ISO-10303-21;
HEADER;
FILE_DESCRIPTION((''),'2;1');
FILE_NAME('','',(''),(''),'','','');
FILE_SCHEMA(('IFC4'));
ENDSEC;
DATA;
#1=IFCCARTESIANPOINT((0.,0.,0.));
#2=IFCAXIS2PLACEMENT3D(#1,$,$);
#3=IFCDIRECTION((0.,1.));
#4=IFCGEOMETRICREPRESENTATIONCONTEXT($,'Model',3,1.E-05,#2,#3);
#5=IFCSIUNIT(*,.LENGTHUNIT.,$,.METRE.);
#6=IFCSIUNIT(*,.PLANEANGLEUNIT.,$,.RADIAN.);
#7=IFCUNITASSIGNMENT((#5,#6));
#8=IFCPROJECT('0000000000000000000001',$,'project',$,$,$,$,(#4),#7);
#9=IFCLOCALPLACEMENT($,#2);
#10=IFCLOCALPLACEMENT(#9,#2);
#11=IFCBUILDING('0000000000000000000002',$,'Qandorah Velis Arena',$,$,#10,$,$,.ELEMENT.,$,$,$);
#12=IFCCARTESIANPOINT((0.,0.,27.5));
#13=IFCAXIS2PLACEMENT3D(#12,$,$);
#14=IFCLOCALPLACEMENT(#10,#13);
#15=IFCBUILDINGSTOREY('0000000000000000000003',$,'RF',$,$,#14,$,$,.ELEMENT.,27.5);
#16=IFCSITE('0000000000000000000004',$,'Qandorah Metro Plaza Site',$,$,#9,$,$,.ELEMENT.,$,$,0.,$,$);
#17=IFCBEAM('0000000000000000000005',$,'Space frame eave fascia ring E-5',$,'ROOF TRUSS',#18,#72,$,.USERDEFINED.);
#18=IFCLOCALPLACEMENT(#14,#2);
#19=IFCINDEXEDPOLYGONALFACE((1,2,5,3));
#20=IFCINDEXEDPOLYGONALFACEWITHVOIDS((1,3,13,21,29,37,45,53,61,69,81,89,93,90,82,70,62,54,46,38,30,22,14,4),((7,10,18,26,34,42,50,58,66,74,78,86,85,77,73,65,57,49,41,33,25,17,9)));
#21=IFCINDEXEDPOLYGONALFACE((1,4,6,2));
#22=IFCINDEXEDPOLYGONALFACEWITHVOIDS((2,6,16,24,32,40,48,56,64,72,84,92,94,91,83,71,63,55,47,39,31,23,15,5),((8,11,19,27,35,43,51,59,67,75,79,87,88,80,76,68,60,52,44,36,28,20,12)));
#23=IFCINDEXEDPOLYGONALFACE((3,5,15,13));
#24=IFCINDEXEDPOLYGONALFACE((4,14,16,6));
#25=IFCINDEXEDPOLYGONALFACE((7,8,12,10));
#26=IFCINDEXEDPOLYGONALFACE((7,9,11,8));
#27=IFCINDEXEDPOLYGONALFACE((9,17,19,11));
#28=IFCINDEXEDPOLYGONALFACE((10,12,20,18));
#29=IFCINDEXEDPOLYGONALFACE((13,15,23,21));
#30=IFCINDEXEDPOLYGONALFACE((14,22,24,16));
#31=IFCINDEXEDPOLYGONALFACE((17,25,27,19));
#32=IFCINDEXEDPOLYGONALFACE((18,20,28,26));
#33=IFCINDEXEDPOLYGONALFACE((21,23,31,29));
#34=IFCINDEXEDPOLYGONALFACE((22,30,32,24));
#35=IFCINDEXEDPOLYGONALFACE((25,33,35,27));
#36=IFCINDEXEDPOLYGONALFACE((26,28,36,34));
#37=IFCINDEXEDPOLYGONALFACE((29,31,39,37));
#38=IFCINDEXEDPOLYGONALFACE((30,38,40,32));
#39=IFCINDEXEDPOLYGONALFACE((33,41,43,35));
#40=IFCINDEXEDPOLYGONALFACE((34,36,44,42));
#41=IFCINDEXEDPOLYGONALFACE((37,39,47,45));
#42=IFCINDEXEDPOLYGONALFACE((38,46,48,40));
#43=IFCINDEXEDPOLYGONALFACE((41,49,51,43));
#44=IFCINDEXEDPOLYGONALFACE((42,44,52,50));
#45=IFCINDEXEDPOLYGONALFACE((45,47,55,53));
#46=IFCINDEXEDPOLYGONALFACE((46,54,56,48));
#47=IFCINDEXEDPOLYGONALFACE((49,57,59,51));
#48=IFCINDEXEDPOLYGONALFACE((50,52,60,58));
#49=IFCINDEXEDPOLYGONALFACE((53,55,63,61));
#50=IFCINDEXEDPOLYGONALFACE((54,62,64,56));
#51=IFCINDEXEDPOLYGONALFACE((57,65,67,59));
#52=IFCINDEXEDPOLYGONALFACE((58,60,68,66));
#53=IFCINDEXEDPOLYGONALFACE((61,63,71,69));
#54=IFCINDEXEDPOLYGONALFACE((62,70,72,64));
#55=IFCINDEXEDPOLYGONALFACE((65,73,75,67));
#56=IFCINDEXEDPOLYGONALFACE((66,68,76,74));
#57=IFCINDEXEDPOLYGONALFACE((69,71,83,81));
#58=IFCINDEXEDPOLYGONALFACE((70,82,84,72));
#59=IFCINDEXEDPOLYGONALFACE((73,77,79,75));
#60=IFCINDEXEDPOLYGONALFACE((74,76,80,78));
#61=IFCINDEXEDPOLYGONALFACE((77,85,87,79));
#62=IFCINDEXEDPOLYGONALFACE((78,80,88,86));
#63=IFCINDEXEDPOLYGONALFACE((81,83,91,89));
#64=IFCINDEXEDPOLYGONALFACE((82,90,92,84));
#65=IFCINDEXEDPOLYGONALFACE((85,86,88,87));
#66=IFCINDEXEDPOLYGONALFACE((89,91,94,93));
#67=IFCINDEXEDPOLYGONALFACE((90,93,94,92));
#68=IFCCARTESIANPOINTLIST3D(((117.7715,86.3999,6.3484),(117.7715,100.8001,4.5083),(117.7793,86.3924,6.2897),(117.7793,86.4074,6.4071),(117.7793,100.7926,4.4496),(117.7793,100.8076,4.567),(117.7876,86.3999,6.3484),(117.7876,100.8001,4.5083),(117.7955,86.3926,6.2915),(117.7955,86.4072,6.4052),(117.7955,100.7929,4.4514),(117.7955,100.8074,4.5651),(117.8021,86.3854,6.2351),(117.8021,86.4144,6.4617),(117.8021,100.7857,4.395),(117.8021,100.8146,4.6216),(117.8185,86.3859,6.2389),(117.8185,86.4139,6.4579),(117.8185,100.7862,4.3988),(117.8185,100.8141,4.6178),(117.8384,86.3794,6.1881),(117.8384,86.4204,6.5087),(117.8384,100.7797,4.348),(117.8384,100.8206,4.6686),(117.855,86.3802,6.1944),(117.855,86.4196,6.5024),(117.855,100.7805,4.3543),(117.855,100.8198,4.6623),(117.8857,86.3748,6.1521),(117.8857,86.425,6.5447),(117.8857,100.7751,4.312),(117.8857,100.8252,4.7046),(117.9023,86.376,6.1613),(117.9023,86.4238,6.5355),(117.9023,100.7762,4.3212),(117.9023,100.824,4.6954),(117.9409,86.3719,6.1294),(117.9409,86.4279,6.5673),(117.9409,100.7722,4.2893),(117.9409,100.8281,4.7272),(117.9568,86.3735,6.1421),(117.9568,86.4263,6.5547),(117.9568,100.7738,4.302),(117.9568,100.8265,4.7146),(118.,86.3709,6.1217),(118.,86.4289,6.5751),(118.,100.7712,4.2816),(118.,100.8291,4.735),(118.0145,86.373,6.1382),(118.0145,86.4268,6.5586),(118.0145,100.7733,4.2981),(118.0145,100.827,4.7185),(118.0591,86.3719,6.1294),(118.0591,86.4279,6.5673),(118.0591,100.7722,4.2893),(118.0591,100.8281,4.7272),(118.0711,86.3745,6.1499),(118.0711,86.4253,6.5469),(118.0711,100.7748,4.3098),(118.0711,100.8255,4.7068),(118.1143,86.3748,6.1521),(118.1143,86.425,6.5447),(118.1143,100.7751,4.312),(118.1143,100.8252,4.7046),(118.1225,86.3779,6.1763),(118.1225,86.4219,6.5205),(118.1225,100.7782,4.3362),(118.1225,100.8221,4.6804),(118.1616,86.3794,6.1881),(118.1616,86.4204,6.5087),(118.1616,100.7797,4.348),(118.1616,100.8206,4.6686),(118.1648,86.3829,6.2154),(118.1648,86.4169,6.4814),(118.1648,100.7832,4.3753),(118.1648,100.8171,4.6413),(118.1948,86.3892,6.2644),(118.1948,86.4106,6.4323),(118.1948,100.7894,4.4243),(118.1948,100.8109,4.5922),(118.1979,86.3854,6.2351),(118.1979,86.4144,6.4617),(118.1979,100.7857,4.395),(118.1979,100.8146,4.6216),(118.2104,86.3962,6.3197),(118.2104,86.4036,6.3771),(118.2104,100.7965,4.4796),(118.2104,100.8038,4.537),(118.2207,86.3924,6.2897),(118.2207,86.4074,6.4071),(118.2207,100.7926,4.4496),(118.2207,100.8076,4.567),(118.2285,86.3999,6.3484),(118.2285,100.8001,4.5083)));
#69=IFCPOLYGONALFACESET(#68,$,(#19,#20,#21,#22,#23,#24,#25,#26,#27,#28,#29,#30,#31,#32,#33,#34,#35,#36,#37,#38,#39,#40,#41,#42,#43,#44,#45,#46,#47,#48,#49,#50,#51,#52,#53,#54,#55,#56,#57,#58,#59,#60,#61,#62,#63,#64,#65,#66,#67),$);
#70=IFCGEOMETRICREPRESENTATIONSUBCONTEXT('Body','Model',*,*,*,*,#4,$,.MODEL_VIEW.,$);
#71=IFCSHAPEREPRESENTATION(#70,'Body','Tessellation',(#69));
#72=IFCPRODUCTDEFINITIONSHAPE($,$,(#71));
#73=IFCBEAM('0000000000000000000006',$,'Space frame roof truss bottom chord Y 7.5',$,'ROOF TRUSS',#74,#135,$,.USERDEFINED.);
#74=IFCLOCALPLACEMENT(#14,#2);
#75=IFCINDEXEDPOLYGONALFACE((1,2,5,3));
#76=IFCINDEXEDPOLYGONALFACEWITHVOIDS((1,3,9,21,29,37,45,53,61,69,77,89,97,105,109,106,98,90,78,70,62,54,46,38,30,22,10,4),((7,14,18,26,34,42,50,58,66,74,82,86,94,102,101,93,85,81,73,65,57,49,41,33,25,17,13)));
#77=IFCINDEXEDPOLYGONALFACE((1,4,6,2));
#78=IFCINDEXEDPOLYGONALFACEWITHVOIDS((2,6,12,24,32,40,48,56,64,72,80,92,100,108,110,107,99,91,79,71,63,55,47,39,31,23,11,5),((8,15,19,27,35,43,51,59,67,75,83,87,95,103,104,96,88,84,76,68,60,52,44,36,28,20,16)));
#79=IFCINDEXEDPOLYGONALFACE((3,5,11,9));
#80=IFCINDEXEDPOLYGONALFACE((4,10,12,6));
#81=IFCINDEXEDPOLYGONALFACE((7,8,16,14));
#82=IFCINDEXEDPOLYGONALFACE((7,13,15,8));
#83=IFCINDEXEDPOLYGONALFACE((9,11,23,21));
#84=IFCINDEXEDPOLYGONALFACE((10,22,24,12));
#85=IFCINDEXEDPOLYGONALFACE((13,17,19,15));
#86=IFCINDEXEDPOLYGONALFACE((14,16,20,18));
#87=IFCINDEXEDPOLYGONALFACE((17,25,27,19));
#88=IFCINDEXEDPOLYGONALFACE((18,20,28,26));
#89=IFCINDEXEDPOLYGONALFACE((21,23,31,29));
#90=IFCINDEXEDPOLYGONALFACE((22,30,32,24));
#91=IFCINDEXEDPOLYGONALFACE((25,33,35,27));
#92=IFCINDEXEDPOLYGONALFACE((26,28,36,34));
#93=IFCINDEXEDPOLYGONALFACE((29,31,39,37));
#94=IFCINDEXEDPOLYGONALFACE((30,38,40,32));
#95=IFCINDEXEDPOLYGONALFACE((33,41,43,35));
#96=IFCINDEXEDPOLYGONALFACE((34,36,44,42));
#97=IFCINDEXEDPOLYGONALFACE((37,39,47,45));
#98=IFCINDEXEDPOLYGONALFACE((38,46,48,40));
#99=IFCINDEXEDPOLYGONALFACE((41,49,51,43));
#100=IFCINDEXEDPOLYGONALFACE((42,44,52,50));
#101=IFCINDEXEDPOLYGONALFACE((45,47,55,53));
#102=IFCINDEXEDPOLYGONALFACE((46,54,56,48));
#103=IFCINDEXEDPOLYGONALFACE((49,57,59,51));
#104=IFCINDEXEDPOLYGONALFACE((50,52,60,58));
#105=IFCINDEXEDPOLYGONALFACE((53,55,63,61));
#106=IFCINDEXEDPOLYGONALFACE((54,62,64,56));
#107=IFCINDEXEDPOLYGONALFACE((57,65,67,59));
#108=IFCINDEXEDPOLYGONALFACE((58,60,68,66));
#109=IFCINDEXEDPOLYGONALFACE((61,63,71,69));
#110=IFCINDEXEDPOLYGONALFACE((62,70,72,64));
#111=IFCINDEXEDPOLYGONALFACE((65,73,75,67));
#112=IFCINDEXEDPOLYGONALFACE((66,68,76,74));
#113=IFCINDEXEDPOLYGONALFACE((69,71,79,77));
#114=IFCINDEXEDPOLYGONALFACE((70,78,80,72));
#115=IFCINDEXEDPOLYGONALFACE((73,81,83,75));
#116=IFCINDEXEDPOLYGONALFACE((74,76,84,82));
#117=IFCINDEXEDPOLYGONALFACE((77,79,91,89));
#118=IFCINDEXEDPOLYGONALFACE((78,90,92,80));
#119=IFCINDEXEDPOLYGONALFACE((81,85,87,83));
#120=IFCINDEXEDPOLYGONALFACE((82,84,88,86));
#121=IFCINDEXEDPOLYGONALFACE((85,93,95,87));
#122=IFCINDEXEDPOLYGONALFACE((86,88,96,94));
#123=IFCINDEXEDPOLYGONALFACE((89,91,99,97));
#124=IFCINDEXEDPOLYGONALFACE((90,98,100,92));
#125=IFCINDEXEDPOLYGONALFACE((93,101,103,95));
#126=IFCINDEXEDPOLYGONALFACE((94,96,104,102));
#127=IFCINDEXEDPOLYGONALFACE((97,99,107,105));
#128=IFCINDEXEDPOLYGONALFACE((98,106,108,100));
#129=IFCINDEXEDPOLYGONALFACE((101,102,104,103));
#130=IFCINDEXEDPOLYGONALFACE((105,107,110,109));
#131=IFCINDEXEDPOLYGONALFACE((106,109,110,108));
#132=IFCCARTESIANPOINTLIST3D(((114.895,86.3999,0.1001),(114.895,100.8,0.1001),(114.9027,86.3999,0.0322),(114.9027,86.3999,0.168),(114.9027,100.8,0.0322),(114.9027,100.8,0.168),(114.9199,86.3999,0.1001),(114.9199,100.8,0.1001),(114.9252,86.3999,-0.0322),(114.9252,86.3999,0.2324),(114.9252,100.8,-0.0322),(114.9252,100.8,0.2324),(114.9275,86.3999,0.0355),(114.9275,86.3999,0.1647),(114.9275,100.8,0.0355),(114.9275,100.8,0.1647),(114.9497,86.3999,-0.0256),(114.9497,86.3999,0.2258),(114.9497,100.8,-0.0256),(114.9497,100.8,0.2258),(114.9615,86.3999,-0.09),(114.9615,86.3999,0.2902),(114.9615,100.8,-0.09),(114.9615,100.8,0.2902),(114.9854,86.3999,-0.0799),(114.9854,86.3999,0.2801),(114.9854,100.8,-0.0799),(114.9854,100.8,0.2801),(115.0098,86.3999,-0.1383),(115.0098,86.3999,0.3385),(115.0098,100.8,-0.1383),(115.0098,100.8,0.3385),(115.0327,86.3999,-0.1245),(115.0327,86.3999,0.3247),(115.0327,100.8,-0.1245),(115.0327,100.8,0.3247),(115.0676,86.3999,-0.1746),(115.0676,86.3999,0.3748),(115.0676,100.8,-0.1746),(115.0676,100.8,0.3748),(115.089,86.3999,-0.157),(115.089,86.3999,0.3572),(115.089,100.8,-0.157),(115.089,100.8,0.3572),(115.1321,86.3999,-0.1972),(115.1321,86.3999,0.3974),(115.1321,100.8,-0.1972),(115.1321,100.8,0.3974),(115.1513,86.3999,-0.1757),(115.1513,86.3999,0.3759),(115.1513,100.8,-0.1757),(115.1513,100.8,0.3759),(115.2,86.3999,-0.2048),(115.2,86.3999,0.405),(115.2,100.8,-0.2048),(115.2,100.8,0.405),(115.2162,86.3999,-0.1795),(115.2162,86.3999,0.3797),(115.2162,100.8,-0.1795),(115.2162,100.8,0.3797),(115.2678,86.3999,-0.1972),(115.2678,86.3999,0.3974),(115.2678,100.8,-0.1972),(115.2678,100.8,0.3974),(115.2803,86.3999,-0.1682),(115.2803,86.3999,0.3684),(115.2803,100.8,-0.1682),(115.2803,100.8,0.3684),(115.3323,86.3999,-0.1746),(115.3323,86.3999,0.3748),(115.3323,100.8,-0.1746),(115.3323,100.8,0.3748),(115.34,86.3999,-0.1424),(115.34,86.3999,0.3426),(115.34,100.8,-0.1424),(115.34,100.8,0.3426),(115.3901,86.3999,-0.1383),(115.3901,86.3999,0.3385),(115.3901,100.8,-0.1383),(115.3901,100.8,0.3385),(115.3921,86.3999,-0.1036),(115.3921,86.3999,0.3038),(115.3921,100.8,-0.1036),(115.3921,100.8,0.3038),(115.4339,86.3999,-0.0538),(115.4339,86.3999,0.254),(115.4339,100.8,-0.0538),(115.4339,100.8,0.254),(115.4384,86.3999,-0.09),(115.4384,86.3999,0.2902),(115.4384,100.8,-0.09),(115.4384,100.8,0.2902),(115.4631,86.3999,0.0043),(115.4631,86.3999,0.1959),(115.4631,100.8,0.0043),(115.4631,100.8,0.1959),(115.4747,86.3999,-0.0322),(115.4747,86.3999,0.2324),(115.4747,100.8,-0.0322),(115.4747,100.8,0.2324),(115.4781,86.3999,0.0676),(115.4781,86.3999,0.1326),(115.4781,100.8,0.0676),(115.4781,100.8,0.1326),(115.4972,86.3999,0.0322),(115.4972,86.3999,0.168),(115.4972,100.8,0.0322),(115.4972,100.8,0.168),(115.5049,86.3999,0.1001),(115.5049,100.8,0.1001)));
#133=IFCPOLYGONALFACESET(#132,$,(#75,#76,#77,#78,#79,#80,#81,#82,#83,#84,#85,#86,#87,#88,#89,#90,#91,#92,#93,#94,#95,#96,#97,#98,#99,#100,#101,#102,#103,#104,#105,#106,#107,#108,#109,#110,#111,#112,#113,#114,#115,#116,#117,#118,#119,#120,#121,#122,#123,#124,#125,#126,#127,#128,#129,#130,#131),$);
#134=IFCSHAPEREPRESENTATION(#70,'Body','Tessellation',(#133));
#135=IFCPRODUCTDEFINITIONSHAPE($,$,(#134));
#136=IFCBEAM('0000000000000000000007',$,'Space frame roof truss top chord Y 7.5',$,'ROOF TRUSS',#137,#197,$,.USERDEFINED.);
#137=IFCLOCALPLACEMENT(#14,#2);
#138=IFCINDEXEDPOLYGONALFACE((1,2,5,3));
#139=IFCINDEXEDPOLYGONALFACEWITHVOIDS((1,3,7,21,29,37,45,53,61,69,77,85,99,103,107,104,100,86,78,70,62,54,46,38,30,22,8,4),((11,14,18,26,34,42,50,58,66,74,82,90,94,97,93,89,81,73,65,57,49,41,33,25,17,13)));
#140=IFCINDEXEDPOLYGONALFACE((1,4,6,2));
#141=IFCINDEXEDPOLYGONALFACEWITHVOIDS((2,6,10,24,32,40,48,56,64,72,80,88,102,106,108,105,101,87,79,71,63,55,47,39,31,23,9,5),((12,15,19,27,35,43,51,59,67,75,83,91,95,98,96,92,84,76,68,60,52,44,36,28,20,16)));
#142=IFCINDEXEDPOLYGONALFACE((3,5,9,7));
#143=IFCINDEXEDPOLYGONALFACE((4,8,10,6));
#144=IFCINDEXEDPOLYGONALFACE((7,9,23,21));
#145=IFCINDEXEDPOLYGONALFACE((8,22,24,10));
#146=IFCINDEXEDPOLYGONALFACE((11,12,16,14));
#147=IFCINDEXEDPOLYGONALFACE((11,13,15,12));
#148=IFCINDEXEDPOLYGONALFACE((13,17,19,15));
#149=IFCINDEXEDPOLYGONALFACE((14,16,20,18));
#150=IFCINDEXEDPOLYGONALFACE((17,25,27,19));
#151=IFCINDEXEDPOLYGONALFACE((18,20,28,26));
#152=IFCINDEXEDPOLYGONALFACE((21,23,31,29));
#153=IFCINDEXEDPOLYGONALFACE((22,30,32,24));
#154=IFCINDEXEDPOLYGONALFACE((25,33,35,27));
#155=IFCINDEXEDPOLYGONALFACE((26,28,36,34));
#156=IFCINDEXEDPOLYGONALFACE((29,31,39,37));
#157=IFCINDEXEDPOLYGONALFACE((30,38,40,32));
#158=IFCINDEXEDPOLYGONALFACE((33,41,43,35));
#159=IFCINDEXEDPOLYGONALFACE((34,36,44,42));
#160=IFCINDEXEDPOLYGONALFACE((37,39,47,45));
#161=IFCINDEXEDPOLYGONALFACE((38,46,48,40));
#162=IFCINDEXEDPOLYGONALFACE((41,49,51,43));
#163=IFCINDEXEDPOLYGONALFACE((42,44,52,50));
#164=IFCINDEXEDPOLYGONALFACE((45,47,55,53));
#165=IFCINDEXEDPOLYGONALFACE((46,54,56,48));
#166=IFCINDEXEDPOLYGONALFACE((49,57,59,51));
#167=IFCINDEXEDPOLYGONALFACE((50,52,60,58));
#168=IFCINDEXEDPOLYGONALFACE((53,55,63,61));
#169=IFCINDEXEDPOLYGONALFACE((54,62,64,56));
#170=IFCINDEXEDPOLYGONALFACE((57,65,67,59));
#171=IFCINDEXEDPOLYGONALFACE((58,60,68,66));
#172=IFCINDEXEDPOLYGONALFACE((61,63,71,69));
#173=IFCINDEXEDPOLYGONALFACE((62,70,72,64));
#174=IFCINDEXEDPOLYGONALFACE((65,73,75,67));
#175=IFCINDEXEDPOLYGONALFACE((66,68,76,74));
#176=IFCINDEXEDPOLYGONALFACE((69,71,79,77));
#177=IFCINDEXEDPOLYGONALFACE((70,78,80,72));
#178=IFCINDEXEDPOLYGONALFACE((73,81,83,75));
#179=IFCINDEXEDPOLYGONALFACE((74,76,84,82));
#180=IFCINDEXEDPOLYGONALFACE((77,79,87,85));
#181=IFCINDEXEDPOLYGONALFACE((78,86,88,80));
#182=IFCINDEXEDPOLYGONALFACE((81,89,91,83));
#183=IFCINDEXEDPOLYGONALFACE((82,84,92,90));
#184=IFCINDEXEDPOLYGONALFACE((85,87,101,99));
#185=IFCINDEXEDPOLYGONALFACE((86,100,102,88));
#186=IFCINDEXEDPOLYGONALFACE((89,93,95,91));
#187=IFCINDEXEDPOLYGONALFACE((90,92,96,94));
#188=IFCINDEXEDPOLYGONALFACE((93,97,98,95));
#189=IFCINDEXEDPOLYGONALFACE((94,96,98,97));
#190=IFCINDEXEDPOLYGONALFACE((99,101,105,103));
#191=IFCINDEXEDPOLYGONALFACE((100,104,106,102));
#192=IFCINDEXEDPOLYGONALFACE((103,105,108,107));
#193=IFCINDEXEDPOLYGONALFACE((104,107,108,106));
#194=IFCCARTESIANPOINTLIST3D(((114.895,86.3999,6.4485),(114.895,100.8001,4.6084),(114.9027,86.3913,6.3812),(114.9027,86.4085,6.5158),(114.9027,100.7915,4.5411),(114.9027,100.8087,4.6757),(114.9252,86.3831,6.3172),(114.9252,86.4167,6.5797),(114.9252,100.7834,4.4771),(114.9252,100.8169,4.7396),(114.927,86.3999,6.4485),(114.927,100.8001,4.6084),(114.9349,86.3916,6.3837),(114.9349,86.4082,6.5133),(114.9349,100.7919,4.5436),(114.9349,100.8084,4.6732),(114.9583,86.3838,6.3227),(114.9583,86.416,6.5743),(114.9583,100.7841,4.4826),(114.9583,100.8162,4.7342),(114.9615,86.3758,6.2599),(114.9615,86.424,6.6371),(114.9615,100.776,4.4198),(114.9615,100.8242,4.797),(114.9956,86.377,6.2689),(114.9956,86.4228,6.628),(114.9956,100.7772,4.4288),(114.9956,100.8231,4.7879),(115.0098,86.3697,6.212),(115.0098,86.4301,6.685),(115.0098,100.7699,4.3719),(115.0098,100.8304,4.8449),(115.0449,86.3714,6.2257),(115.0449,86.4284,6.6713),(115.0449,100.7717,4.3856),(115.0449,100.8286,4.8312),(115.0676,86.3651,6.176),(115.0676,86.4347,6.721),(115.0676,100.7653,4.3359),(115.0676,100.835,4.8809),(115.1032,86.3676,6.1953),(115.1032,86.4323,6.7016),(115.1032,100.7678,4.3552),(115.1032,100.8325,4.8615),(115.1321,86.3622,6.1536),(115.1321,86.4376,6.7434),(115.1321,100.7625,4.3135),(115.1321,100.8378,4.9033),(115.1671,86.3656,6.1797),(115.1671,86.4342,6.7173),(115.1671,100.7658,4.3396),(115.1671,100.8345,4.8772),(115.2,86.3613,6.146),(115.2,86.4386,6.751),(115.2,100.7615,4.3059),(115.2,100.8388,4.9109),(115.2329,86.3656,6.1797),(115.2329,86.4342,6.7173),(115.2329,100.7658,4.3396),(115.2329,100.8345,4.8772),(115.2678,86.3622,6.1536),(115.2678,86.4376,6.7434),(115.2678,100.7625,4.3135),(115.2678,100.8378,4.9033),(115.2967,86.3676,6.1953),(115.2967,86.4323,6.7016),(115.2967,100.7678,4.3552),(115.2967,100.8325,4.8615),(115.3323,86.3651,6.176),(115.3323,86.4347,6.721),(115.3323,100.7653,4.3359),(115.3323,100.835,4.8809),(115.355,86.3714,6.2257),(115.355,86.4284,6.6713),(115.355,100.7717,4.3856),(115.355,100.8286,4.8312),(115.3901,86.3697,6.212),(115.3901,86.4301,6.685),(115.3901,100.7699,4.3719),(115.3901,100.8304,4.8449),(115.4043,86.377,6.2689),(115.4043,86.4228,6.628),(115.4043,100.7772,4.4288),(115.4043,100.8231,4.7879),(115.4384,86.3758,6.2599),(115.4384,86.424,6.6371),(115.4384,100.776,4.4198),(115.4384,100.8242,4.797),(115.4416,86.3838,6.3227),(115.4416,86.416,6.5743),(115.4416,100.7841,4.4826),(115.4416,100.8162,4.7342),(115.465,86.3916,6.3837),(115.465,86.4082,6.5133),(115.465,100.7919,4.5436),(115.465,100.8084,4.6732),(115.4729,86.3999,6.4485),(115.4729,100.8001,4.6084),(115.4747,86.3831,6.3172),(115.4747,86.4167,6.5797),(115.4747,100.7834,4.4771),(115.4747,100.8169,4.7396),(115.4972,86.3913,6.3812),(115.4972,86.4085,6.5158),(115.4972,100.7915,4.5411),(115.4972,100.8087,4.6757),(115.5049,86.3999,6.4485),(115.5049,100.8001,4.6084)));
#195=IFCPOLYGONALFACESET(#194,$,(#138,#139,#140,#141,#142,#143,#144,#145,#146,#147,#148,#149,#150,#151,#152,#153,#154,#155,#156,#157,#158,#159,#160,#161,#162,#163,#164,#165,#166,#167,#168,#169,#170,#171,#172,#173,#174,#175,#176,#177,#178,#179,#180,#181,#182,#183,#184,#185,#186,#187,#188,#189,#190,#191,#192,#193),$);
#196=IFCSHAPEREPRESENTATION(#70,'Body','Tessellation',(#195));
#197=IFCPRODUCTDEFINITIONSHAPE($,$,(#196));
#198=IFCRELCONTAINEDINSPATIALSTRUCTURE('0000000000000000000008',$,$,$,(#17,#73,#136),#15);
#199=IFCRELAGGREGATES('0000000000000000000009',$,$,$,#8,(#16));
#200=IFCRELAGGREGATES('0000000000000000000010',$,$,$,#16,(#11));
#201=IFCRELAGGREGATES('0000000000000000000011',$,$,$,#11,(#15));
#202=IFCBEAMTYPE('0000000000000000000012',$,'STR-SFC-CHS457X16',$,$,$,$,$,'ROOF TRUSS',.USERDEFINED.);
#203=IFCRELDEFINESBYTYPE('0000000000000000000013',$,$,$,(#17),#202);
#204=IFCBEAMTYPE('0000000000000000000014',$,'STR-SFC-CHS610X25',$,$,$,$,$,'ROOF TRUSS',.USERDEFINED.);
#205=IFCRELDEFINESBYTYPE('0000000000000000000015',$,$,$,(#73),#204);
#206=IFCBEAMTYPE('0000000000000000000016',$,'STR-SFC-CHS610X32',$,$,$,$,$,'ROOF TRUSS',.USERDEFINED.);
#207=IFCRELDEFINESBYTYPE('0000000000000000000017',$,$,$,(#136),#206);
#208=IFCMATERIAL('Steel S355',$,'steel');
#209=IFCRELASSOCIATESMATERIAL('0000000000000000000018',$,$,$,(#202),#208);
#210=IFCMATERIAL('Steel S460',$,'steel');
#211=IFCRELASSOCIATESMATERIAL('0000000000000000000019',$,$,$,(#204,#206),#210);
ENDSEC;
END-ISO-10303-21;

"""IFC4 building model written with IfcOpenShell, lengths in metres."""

from ifc_helpers import new_model, si_unit, direction, frame, origin, origin_2d, place, context, subcontext, project, spatial, hollow_circle, extrude, material, material_profile, profile_set, type_object, element, save


model = new_model("IFC4")

# Units and contexts
model_context = context("Model", 3, precision=1e-05, world=origin(), true_north=direction((0.0, 1.0)))
body_context = subcontext(model_context, "Body", "Model", "MODEL_VIEW")
ifc_project = project(units=[si_unit("LENGTHUNIT", "METRE"), si_unit("PLANEANGLEUNIT", "RADIAN")], contexts=[model_context])

# Site, building, storey
site_placement = place(None, origin())
site = spatial("IfcSite", under=ifc_project, at=site_placement, Name="Qandorah Metro Plaza Site", CompositionType="ELEMENT", RefElevation=0.0)
building_placement = place(site_placement, origin())
building = spatial("IfcBuilding", under=site, at=building_placement, Name="Qandorah Velis Arena", CompositionType="ELEMENT")
storey_placement = place(building_placement, frame((0.0, 0.0, 27.5)))
storey = spatial("IfcBuildingStorey", under=building, at=storey_placement, Name="RF", CompositionType="ELEMENT", Elevation=27.5)

# Beams
ifc_material_1 = material(Name="Steel S355", Category="steel")
ifc_material_profile_1 = material_profile(ifc_material_1, hollow_circle(Radius=0.2285, WallThickness=0.0161, at=origin_2d()), Name="CHS 457x16")
ifc_profile_set_1 = profile_set([ifc_material_profile_1], Name="Steel S355")
beam_type_1 = type_object("IfcBeamType", Name="STR-SFC-CHS457X16", ElementType="ROOF TRUSS", PredefinedType="USERDEFINED", material=ifc_profile_set_1)
beam_1_placement = place(storey_placement, frame((118.0, 86.3999, 6.3484), z_axis=(0.0, 0.991934, -0.126752), x_axis=(-1.0, 0.0, 0.0)))
element("IfcBeam", 1, at=beam_1_placement, inside=storey, type_object=beam_type_1, Name="Space frame eave fascia ring E-5", ObjectType="ROOF TRUSS", PredefinedType="USERDEFINED", context=body_context, shape_type="SweptSolid", body=[
    extrude(hollow_circle(Radius=0.2285, WallThickness=0.0161, at=origin_2d()), origin(), (0.0, 0.0, 1.0), 14.5173),
])
ifc_material_2 = material(Name="Steel S460", Category="steel")
ifc_material_profile_2 = material_profile(ifc_material_2, hollow_circle(Radius=0.3049, WallThickness=0.0249, at=origin_2d()), Name="CHS 610x25")
ifc_profile_set_2 = profile_set([ifc_material_profile_2], Name="Steel S460")
beam_type_2 = type_object("IfcBeamType", Name="STR-SFC-CHS610X25", ElementType="ROOF TRUSS", PredefinedType="USERDEFINED", material=ifc_profile_set_2)
beam_2_placement = place(storey_placement, frame((115.2, 86.3999, 0.1001), z_axis=(0.0, 1.0, 0.0), x_axis=(-1.0, 0.0, 0.0)))
element("IfcBeam", 2, at=beam_2_placement, inside=storey, type_object=beam_type_2, Name="Space frame roof truss bottom chord Y 7.5", ObjectType="ROOF TRUSS", PredefinedType="USERDEFINED", context=body_context, shape_type="SweptSolid", body=[
    extrude(hollow_circle(Radius=0.3049, WallThickness=0.0249, at=origin_2d()), origin(), (0.0, 0.0, 1.0), 14.4001),
])
ifc_material_profile_3 = material_profile(ifc_material_2, hollow_circle(Radius=0.3049, WallThickness=0.032, at=origin_2d()), Name="CHS 610x32")
ifc_profile_set_3 = profile_set([ifc_material_profile_3], Name="Steel S460")
beam_type_3 = type_object("IfcBeamType", Name="STR-SFC-CHS610X32", ElementType="ROOF TRUSS", PredefinedType="USERDEFINED", material=ifc_profile_set_3)
beam_3_placement = place(storey_placement, frame((115.2, 86.3999, 6.4485), z_axis=(0.0, 0.991934, -0.126752), x_axis=(-1.0, 0.0, 0.0)))
element("IfcBeam", 3, at=beam_3_placement, inside=storey, type_object=beam_type_3, Name="Space frame roof truss top chord Y 7.5", ObjectType="ROOF TRUSS", PredefinedType="USERDEFINED", context=body_context, shape_type="SweptSolid", body=[
    extrude(hollow_circle(Radius=0.3049, WallThickness=0.032, at=origin_2d()), origin(), (0.0, 0.0, 1.0), 14.5173),
])

save(model, "model.ifc")
